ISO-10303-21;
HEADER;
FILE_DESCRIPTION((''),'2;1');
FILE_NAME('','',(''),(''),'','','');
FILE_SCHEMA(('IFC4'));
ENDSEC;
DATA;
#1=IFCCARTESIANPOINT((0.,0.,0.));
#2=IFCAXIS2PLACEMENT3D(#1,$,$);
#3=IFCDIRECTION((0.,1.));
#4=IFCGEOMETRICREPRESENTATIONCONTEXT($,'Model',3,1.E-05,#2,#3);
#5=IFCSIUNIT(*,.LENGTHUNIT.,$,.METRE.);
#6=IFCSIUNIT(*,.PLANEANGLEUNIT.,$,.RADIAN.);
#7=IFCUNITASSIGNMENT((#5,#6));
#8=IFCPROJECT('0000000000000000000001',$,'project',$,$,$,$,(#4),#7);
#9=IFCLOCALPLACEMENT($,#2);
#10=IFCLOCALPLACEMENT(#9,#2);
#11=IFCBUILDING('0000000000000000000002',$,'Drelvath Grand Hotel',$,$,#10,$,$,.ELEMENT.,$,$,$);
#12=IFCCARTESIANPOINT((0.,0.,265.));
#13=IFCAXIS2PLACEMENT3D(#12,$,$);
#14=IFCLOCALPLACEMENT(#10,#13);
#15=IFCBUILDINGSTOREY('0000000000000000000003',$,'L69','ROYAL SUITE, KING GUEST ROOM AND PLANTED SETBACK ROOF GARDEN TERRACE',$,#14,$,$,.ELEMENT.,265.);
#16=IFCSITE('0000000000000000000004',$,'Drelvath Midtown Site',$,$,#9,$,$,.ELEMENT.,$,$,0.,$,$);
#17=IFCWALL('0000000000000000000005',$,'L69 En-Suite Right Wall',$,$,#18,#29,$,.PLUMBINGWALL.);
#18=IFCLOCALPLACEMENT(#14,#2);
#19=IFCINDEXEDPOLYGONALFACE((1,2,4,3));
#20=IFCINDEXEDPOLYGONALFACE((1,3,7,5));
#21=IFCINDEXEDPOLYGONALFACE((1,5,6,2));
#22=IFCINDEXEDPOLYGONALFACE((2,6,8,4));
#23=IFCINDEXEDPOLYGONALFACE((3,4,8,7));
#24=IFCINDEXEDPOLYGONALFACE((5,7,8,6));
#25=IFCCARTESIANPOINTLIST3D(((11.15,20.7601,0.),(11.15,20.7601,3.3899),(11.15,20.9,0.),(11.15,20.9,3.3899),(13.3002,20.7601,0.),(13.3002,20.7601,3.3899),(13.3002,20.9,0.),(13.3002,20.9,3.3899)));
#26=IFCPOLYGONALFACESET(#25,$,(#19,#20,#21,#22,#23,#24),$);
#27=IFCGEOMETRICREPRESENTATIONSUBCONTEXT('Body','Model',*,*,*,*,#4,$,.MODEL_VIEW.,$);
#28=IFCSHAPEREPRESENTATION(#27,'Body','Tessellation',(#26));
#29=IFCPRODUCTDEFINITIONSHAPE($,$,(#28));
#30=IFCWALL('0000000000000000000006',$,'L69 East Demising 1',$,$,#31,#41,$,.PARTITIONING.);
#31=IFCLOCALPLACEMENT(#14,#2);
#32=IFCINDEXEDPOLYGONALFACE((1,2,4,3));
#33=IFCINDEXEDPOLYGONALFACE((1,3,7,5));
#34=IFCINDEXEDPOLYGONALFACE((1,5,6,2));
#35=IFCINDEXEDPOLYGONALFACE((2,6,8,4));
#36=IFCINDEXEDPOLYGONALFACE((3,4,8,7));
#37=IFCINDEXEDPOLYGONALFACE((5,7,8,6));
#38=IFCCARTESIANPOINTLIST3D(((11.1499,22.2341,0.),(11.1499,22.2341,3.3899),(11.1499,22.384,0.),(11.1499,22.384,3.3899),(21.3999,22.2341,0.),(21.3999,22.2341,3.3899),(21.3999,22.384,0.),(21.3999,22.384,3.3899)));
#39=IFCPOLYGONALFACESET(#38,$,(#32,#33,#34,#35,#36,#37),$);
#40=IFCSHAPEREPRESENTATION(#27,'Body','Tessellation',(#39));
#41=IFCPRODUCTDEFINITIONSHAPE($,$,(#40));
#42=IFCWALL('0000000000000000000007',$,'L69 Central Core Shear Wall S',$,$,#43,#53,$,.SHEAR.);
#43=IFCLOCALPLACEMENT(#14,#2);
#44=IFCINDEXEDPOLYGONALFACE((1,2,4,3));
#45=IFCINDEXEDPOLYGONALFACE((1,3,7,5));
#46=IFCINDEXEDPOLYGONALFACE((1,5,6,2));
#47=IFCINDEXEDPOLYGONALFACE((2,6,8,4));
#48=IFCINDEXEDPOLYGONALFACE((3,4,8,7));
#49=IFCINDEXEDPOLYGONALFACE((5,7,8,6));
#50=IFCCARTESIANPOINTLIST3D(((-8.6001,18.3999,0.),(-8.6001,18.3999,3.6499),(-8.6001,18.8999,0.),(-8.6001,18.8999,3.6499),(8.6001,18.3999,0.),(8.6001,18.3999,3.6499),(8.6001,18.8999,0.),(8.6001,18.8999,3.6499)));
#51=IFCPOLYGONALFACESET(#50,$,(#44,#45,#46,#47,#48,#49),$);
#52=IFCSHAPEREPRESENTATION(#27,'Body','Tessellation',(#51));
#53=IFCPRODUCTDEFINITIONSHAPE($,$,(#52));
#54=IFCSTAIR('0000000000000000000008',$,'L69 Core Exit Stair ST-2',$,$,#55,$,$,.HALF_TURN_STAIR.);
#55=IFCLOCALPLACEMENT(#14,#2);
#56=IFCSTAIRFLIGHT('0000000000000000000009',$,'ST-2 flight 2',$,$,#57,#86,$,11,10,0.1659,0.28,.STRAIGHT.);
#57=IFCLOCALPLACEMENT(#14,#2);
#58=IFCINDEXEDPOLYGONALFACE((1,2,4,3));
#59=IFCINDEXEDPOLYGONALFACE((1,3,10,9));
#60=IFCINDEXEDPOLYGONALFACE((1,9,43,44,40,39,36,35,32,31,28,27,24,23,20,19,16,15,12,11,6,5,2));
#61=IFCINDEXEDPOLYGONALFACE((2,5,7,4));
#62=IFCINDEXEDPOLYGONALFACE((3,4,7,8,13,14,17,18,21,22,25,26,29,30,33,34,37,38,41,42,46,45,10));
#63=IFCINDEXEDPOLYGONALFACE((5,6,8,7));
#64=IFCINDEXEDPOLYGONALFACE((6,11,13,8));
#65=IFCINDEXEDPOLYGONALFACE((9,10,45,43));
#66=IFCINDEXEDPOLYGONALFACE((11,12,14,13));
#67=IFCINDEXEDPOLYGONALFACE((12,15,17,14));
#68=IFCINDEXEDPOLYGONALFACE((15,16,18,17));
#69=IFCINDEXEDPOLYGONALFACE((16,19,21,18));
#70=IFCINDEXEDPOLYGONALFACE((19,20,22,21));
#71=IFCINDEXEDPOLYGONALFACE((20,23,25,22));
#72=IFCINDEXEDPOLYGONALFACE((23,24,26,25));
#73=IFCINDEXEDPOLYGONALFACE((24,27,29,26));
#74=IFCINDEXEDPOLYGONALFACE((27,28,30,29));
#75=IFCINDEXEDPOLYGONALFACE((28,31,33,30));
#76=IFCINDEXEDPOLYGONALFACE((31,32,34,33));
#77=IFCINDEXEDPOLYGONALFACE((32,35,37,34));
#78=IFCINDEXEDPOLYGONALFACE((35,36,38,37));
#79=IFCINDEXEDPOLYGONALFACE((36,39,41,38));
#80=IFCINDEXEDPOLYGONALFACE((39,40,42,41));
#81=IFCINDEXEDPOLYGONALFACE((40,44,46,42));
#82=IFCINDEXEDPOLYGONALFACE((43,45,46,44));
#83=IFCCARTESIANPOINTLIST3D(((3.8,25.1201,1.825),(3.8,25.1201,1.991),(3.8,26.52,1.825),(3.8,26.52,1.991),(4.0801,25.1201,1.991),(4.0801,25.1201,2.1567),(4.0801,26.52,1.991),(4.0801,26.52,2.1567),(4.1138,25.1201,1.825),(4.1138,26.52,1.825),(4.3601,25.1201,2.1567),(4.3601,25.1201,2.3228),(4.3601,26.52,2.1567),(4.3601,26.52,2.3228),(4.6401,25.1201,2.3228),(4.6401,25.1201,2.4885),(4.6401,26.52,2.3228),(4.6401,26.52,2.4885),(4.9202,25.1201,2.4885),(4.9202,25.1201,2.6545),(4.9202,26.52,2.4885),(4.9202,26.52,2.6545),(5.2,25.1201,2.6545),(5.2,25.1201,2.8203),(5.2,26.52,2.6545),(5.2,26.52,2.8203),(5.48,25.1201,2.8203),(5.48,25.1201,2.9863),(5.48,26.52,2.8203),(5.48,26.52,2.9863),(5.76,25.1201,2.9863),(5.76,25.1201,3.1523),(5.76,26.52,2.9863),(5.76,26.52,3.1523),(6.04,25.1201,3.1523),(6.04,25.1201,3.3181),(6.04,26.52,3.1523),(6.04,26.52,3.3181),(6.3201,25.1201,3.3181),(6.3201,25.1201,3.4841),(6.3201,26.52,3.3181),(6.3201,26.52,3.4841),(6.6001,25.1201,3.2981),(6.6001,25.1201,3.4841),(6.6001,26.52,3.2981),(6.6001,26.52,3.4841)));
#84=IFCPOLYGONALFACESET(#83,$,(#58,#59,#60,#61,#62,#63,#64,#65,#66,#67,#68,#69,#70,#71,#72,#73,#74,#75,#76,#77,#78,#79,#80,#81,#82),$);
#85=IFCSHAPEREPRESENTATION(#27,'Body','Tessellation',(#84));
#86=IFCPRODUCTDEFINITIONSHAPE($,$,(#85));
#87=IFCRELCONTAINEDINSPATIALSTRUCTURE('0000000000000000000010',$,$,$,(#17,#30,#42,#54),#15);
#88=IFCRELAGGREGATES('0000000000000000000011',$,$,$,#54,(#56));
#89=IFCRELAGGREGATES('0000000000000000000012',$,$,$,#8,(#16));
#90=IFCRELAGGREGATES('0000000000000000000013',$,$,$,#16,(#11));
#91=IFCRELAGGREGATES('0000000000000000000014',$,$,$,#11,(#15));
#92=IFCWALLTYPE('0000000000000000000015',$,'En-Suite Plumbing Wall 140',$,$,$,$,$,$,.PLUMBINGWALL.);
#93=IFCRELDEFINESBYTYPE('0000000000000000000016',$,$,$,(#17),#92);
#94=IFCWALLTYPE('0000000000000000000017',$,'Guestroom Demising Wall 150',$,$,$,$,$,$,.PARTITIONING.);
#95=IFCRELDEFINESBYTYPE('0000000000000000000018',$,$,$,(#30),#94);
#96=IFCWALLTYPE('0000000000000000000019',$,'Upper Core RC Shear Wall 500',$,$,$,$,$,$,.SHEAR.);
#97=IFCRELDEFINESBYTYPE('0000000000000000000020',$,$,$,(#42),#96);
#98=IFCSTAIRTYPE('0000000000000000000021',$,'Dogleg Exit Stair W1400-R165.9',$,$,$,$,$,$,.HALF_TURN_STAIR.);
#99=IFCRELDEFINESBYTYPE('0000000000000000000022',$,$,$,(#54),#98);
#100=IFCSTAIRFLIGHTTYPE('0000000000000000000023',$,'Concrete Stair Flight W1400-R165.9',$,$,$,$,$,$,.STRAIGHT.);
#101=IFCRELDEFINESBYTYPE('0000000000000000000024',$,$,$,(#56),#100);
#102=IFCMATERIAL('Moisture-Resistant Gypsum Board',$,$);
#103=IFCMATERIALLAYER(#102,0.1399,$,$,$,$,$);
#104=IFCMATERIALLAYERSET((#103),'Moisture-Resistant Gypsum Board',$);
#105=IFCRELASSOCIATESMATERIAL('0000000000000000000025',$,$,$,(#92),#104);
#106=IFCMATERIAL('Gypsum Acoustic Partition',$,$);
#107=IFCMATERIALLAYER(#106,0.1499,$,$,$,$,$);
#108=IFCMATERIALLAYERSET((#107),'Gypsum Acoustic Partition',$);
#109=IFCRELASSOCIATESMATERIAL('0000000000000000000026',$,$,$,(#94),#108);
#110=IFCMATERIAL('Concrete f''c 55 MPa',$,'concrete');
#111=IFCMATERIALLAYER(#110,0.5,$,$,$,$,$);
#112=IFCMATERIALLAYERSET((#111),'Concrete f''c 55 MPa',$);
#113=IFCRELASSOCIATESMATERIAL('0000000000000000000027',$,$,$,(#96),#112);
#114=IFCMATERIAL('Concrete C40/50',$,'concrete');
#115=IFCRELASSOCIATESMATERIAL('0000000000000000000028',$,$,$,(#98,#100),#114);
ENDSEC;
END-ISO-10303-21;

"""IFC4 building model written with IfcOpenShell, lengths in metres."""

from ifc_helpers import new_model, si_unit, direction, frame, frame_2d, origin, place, context, subcontext, project, spatial, polyline, rectangle, outline, extrude, material, layer, layer_set, type_object, element, aggregate, save


model = new_model("IFC4")

# Units and contexts
model_context = context("Model", 3, precision=1e-05, world=origin(), true_north=direction((0.0, 1.0)))
body_context = subcontext(model_context, "Body", "Model", "MODEL_VIEW")
ifc_project = project(units=[si_unit("LENGTHUNIT", "METRE"), si_unit("PLANEANGLEUNIT", "RADIAN")], contexts=[model_context])

# Site, building, storey
site_placement = place(None, origin())
site = spatial("IfcSite", under=ifc_project, at=site_placement, Name="Drelvath Midtown Site", CompositionType="ELEMENT", RefElevation=0.0)
building_placement = place(site_placement, origin())
building = spatial("IfcBuilding", under=site, at=building_placement, Name="Drelvath Grand Hotel", CompositionType="ELEMENT")
storey_placement = place(building_placement, frame((0.0, 0.0, 265.0)))
storey = spatial("IfcBuildingStorey", under=building, at=storey_placement, Name="L69", Description="ROYAL SUITE, KING GUEST ROOM AND PLANTED SETBACK ROOF GARDEN TERRACE", CompositionType="ELEMENT", Elevation=265.0)

# Shared definitions
ifc_material_1 = material(Name="Concrete f'c 55 MPa", Category="concrete")

# Shared definitions
ifc_material_2 = material(Name="Concrete C40/50", Category="concrete")

# Walls
ifc_material_3 = material(Name="Moisture-Resistant Gypsum Board")
ifc_layer_1 = layer(ifc_material_3, 0.1399)
ifc_layer_set_1 = layer_set([ifc_layer_1], Name="Moisture-Resistant Gypsum Board")
wall_type_1 = type_object("IfcWallType", Name="En-Suite Plumbing Wall 140", PredefinedType="PLUMBINGWALL", material=ifc_layer_set_1)
wall_1_placement = place(storey_placement, frame((11.1499, 20.8301, 0.0), z_axis=(0.0, 0.0, 1.0), x_axis=(1.0, 0.0, 0.0)))
element("IfcWall", 1, at=wall_1_placement, inside=storey, type_object=wall_type_1, Name="L69 En-Suite Right Wall", PredefinedType="PLUMBINGWALL", context=body_context, shape_type="SweptSolid", body=[
    extrude(rectangle(XDim=2.1501, YDim=0.1399, at=frame_2d((1.0752, 0.0))), origin(), (0.0, 0.0, 1.0), 3.3899),
])
ifc_material_4 = material(Name="Gypsum Acoustic Partition")
ifc_layer_2 = layer(ifc_material_4, 0.1499)
ifc_layer_set_2 = layer_set([ifc_layer_2], Name="Gypsum Acoustic Partition")
wall_type_2 = type_object("IfcWallType", Name="Guestroom Demising Wall 150", PredefinedType="PARTITIONING", material=ifc_layer_set_2)
wall_2_placement = place(storey_placement, frame((11.1499, 22.3091, 0.0), z_axis=(0.0, 0.0, 1.0), x_axis=(1.0, 0.0, 0.0)))
element("IfcWall", 2, at=wall_2_placement, inside=storey, type_object=wall_type_2, Name="L69 East Demising 1", PredefinedType="PARTITIONING", context=body_context, shape_type="SweptSolid", body=[
    extrude(rectangle(XDim=10.25, YDim=0.1499, at=frame_2d((5.125, 0.0))), origin(), (0.0, 0.0, 1.0), 3.3899),
])
ifc_layer_3 = layer(ifc_material_1, 0.5)
ifc_layer_set_3 = layer_set([ifc_layer_3], Name="Concrete f'c 55 MPa")
wall_type_3 = type_object("IfcWallType", Name="Upper Core RC Shear Wall 500", PredefinedType="SHEAR", material=ifc_layer_set_3)
wall_3_placement = place(storey_placement, frame((8.6001, 18.6499, 0.0), z_axis=(0.0, 0.0, 1.0), x_axis=(-1.0, 0.0, 0.0)))
element("IfcWall", 3, at=wall_3_placement, inside=storey, type_object=wall_type_3, Name="L69 Central Core Shear Wall S", PredefinedType="SHEAR", context=body_context, shape_type="SweptSolid", body=[
    extrude(rectangle(XDim=17.2002, YDim=0.5, at=frame_2d((8.6001, 0.0))), origin(), (0.0, 0.0, 1.0), 3.6499),
])

# Stair, stair flight
stair_type = type_object("IfcStairType", Name="Dogleg Exit Stair W1400-R165.9", PredefinedType="HALF_TURN_STAIR", material=ifc_material_2)
stair_placement = place(storey_placement, origin())
stair = element("IfcStair", 4, at=stair_placement, inside=storey, type_object=stair_type, Name="L69 Core Exit Stair ST-2", PredefinedType="HALF_TURN_STAIR")
stair_flight_type = type_object("IfcStairFlightType", Name="Concrete Stair Flight W1400-R165.9", PredefinedType="STRAIGHT", material=ifc_material_2)
stair_flight_placement = place(storey_placement, frame((3.8, 25.8201, 1.825), z_axis=(0.0, 0.0, 1.0), x_axis=(1.0, 0.0, 0.0)))
stair_flight = element("IfcStairFlight", 5, at=stair_flight_placement, type_object=stair_flight_type, Name="ST-2 flight 2", NumberOfRisers=11, NumberOfTreads=10, PredefinedType="STRAIGHT", RiserHeight=0.1659, TreadLength=0.28, context=body_context, shape_type="SweptSolid", body=[
    extrude(outline(polyline([(0.0, 0.0), (0.0, 0.166), (0.28, 0.166), (0.28, 0.3318), (0.5601, 0.3318), (0.5601, 0.4978), (0.8401, 0.4978), (0.8401, 0.6636), (1.1201, 0.6636), (1.1201, 0.8296), (1.3999, 0.8296), (1.3999, 0.9954), (1.6799, 0.9954), (1.6799, 1.1614), (1.96, 1.1614), (1.96, 1.3274), (2.24, 1.3274), (2.24, 1.4932), (2.52, 1.4932), (2.52, 1.6592), (2.8, 1.6592), (2.8, 1.825), (2.8, 1.4731), (0.3137, 0.0), (0.0, 0.0)])), frame((0.0, 0.7, 0.0), z_axis=(0.0, -1.0, 0.0), x_axis=(1.0, 0.0, 0.0)), (0.0, 0.0, 1.0), 1.3999),
])
aggregate(stair, [stair_flight])

save(model, "model.ifc")
